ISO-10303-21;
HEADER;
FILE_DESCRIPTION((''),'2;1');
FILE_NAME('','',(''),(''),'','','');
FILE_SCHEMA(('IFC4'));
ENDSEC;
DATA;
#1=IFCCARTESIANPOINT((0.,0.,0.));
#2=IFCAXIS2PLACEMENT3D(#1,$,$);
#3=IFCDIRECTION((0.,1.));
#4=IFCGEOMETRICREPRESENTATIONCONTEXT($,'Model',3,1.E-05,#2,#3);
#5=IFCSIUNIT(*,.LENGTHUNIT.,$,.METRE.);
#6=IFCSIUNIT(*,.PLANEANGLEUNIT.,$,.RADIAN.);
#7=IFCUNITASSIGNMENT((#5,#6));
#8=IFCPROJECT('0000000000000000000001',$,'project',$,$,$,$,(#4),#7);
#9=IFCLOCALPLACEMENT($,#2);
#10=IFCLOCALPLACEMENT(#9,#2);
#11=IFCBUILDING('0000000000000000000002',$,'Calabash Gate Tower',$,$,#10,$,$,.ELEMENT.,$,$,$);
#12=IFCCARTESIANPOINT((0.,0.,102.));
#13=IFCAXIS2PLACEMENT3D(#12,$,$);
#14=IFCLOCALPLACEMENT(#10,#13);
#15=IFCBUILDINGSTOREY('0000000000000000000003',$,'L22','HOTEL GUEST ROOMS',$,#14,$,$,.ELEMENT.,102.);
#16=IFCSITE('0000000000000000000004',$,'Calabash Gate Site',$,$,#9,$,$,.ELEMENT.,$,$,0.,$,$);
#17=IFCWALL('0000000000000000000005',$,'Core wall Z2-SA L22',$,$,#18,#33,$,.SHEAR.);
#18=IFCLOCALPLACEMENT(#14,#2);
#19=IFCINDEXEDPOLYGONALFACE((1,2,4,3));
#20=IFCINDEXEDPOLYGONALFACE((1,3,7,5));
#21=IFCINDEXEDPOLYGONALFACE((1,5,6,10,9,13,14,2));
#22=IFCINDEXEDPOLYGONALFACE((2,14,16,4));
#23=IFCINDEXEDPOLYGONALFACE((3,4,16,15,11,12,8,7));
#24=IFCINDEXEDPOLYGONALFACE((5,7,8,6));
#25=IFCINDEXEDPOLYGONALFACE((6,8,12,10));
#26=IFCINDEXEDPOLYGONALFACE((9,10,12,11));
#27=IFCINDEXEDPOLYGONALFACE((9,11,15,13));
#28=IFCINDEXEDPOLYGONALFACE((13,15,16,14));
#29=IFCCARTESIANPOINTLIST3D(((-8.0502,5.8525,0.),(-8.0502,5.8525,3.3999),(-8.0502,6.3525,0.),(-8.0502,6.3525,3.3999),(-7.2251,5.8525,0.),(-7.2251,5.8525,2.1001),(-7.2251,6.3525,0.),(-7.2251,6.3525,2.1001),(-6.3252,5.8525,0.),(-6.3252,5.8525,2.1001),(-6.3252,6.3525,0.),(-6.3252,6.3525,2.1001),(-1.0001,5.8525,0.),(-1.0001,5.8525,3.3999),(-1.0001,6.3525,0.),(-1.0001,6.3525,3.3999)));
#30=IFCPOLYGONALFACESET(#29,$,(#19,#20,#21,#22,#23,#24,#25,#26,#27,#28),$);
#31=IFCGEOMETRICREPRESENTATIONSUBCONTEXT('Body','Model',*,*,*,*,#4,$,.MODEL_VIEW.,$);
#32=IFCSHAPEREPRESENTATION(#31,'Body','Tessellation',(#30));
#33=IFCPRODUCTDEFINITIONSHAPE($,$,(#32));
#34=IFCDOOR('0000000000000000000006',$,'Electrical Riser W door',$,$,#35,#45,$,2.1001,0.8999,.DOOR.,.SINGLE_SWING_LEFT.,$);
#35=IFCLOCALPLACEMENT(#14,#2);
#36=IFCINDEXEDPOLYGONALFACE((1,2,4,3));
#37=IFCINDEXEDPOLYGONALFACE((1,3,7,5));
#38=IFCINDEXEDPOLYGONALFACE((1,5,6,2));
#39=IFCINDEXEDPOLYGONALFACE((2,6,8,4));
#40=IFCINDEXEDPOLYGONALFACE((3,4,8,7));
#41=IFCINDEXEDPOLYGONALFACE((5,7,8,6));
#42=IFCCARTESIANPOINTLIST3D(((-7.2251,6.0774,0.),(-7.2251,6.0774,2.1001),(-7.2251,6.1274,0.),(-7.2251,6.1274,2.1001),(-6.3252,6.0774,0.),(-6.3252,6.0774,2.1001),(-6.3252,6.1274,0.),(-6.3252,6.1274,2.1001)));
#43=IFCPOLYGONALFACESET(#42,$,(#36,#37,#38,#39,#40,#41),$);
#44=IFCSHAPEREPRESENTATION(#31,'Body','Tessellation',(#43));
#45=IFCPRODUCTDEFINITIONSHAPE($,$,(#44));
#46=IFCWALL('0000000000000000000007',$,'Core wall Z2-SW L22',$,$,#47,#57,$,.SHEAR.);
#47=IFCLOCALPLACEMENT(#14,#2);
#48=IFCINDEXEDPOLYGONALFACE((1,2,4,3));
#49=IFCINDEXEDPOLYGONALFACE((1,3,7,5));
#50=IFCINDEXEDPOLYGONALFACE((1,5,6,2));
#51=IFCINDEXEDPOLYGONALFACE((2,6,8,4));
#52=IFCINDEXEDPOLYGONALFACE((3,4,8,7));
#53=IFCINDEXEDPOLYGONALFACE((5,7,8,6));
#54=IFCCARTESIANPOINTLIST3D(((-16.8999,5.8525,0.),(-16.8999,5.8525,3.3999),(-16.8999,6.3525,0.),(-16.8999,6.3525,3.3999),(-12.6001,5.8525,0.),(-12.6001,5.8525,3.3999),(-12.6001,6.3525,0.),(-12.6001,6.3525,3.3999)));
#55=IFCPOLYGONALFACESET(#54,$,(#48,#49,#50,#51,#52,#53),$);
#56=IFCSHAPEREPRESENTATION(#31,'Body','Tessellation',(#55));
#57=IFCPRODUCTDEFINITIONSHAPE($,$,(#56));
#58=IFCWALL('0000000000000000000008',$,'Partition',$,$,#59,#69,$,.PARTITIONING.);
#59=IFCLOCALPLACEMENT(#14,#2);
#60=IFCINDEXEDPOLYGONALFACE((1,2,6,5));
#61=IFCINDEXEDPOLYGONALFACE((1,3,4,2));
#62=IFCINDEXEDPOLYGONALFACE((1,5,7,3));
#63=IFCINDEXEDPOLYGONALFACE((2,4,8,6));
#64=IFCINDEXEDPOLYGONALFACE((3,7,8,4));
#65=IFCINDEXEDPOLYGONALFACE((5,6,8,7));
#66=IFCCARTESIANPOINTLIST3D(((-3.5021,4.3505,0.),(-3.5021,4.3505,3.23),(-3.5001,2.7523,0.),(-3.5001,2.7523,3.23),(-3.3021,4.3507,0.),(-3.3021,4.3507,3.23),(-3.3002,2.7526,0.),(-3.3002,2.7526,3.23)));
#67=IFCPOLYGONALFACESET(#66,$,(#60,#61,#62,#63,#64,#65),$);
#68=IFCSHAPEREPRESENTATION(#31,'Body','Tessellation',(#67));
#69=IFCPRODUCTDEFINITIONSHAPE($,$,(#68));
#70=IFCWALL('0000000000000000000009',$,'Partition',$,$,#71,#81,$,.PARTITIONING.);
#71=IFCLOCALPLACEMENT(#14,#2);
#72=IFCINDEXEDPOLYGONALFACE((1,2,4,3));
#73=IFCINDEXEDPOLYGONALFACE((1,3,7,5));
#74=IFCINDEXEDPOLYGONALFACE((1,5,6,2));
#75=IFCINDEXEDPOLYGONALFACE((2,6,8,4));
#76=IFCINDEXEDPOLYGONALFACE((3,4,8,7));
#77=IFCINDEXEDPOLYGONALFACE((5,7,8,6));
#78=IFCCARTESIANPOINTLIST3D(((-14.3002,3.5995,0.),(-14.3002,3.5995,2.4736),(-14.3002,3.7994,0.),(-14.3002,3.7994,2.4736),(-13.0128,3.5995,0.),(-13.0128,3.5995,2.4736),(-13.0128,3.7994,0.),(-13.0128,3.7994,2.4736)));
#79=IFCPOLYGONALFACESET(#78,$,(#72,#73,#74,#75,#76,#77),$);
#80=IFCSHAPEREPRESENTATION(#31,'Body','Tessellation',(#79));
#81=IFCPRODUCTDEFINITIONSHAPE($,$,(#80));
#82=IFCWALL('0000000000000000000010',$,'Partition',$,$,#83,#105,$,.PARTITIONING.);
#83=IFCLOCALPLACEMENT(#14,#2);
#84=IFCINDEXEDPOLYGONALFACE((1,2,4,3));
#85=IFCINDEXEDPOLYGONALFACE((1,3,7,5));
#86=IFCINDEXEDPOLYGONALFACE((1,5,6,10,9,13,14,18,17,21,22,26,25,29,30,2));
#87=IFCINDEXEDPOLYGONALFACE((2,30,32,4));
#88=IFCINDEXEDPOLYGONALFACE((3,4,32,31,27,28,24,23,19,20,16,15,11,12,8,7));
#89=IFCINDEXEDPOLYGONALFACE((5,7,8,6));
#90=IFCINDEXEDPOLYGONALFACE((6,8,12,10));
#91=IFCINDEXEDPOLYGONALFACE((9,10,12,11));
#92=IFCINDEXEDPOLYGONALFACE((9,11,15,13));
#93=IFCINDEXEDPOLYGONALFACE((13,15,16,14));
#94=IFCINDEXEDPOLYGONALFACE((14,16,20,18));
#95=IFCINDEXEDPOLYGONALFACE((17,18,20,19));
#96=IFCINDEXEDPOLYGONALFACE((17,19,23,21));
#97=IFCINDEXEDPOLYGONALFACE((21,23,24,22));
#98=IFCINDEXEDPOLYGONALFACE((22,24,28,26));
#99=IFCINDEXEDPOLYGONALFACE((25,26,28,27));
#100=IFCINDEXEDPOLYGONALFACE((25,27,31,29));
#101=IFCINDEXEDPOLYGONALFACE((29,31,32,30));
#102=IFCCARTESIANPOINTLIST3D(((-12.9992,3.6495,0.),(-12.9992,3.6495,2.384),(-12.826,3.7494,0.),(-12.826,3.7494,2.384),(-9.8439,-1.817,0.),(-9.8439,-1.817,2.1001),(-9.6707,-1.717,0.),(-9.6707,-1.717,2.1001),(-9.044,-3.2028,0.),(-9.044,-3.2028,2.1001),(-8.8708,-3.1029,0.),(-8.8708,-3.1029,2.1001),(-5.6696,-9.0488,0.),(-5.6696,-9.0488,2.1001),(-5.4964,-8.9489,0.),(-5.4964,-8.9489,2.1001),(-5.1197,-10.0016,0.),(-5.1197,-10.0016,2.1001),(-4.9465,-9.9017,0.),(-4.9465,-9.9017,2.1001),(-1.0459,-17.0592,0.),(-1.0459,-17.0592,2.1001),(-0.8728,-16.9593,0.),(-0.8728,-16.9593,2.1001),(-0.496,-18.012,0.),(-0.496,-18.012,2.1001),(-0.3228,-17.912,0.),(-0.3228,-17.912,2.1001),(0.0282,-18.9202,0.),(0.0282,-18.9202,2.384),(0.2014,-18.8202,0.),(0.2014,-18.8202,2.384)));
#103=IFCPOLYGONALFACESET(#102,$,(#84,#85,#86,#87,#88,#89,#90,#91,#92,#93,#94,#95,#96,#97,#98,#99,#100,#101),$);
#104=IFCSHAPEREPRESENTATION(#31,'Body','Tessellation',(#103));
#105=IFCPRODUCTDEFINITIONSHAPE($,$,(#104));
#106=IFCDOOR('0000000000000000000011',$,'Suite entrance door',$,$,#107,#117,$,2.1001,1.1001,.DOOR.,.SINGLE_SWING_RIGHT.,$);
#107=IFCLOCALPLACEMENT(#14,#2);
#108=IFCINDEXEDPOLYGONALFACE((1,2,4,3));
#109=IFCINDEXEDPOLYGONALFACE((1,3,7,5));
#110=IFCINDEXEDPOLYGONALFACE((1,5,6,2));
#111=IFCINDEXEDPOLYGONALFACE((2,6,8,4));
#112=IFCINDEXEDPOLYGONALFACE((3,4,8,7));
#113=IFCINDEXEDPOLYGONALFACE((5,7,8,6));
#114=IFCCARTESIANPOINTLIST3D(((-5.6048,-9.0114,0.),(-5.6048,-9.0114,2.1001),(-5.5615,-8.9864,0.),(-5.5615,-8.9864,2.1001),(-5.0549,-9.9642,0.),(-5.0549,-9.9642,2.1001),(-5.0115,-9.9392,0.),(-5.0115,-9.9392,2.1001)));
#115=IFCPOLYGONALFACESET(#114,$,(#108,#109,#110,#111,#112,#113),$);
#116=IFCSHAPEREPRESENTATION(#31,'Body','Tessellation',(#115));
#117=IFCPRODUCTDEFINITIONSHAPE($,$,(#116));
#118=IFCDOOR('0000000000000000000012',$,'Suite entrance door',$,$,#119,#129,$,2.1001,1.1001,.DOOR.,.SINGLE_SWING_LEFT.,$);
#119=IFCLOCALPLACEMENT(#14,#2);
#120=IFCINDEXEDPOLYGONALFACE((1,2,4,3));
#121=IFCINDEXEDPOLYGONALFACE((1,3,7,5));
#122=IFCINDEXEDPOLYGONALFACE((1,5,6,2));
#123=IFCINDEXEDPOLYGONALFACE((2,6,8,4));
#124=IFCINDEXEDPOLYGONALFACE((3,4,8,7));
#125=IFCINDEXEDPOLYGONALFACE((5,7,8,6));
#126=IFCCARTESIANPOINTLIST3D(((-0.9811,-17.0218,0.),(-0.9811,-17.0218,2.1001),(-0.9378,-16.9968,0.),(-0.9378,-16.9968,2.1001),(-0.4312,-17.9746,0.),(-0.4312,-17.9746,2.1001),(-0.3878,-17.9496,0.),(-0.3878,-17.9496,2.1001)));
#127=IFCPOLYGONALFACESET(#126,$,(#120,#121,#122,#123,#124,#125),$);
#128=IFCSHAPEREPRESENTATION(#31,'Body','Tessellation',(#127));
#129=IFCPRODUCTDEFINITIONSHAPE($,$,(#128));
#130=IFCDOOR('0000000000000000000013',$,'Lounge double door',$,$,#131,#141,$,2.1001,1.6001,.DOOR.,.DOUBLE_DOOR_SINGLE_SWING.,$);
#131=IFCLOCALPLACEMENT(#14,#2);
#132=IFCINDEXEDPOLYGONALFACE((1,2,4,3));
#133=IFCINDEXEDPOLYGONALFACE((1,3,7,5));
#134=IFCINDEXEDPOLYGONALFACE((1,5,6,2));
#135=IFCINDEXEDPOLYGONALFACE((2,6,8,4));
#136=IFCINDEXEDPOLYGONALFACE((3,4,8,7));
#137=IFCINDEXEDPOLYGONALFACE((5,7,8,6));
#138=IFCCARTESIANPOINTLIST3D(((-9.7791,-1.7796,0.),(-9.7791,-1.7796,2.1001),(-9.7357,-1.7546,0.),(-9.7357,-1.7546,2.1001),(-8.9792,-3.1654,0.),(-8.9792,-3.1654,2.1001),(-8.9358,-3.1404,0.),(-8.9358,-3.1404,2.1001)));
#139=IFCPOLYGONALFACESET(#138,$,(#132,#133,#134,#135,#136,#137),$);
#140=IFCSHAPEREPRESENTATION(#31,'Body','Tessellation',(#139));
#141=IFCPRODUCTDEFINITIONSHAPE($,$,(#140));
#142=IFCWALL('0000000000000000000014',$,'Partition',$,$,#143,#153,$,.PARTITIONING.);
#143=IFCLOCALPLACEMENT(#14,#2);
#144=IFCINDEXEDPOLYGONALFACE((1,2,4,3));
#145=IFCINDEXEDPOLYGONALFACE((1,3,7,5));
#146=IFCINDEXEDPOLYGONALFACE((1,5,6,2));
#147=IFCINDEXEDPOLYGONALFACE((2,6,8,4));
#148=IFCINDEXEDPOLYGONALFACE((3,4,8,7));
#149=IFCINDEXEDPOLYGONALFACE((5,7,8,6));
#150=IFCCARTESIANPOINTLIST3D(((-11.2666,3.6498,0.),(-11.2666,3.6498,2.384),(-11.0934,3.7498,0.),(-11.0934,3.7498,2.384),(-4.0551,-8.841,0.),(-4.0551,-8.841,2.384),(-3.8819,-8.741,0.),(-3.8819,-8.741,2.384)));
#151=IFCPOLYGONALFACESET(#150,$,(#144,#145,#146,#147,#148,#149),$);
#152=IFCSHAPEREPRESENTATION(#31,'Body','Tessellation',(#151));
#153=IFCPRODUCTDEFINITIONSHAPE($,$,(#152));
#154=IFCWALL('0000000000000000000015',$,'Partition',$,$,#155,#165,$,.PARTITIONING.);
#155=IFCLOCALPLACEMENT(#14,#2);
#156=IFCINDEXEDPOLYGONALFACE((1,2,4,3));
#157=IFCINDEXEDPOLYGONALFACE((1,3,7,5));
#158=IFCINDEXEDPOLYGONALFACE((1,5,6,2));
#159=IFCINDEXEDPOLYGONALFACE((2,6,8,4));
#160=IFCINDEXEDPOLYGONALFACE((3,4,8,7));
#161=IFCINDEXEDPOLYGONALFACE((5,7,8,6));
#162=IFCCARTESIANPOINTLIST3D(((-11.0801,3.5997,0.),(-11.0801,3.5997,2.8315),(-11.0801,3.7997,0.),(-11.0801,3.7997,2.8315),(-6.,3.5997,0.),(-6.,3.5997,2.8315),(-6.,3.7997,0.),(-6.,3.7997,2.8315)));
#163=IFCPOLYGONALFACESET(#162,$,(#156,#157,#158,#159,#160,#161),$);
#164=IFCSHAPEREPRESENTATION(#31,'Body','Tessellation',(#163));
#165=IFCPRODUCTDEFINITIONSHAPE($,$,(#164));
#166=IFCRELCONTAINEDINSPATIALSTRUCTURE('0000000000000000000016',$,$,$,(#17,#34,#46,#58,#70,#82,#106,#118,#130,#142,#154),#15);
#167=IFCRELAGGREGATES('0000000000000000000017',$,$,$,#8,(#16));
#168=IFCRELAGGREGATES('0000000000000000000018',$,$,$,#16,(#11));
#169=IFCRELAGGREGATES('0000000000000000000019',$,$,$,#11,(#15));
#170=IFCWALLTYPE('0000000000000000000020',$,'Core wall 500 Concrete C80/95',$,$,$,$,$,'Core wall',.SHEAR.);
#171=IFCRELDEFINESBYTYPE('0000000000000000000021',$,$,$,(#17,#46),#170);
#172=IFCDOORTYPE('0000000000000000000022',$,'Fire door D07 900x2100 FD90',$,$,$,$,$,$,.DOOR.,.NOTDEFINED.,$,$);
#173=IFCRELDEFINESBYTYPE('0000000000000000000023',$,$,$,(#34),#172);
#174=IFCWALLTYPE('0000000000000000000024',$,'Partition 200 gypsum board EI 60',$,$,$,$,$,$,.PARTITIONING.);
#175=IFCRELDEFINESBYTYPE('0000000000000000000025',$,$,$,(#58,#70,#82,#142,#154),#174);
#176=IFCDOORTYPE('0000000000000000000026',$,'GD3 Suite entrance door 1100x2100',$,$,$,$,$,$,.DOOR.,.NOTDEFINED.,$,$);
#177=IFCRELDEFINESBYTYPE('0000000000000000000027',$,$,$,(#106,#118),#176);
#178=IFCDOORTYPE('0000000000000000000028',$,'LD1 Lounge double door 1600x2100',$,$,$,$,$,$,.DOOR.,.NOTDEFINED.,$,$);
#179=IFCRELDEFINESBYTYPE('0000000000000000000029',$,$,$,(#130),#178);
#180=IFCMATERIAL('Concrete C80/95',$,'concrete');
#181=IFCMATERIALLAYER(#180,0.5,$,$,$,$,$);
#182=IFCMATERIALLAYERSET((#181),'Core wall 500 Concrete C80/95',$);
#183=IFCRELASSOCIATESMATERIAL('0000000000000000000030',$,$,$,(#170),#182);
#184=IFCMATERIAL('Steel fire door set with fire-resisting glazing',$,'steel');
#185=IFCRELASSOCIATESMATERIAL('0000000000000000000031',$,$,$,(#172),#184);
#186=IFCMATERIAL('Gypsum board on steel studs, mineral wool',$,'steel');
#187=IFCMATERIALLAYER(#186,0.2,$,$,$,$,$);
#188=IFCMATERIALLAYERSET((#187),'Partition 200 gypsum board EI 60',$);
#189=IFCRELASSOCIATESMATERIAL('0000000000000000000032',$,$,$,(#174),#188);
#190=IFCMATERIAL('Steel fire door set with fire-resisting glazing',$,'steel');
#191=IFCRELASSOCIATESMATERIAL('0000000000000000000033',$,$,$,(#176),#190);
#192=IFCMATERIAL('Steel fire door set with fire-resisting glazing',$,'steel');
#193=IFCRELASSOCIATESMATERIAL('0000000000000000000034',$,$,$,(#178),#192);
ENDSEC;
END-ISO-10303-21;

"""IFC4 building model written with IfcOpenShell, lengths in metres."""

from ifc_helpers import new_model, si_unit, direction, frame, frame_2d, origin, place, context, subcontext, project, spatial, rectangle, extrude, material, layer, layer_set, type_object, element, fill, save


model = new_model("IFC4")

# Units and contexts
model_context = context("Model", 3, precision=1e-05, world=origin(), true_north=direction((0.0, 1.0)))
body_context = subcontext(model_context, "Body", "Model", "MODEL_VIEW")
ifc_project = project(units=[si_unit("LENGTHUNIT", "METRE"), si_unit("PLANEANGLEUNIT", "RADIAN")], contexts=[model_context])

# Site, building, storey
site_placement = place(None, origin())
site = spatial("IfcSite", under=ifc_project, at=site_placement, Name="Calabash Gate Site", CompositionType="ELEMENT", RefElevation=0.0)
building_placement = place(site_placement, origin())
building = spatial("IfcBuilding", under=site, at=building_placement, Name="Calabash Gate Tower", CompositionType="ELEMENT")
storey_placement = place(building_placement, frame((0.0, 0.0, 102.0)))
storey = spatial("IfcBuildingStorey", under=building, at=storey_placement, Name="L22", Description="HOTEL GUEST ROOMS", CompositionType="ELEMENT", Elevation=102.0)

# Shared definitions
ifc_material_1 = material(Name="Concrete C80/95", Category="concrete")
ifc_layer_1 = layer(ifc_material_1, 0.5)
ifc_layer_set_1 = layer_set([ifc_layer_1], Name="Core wall 500 Concrete C80/95")
wall_type_1 = type_object("IfcWallType", Name="Core wall 500 Concrete C80/95", ElementType="Core wall", PredefinedType="SHEAR", material=ifc_layer_set_1)

# Wall, opening, door
wall_1_placement = place(storey_placement, frame((-8.05, 6.1025, 0.0), z_axis=(0.0, 0.0, 1.0), x_axis=(1.0, 0.0, 0.0)))
wall_1 = element("IfcWall", 1, at=wall_1_placement, inside=storey, type_object=wall_type_1, Name="Core wall Z2-SA L22", PredefinedType="SHEAR", context=body_context, shape_type="SweptSolid", body=[
    extrude(rectangle(XDim=7.05, YDim=0.5, at=frame_2d((3.5249, 0.0))), origin(), (0.0, 0.0, 1.0), 3.3999),
])
opening_1_placement = place(wall_1_placement, frame((0.825, 0.0, 0.0)))
opening_1 = element("IfcOpeningElement", 2, at=opening_1_placement, cuts=wall_1, PredefinedType="OPENING", context=body_context, shape_type="SweptSolid", body=[
    extrude(rectangle(XDim=0.8999, YDim=2.1001, at=frame_2d((0.45, 1.05))), frame((0.0, 0.26, 0.0), z_axis=(0.0, -1.0, 0.0), x_axis=(1.0, 0.0, 0.0)), (0.0, 0.0, 1.0), 0.52),
])
ifc_material_2 = material(Name="Steel fire door set with fire-resisting glazing", Category="steel")
door_type_1 = type_object("IfcDoorType", Name="Fire door D07 900x2100 FD90", OperationType="NOTDEFINED", PredefinedType="DOOR", material=ifc_material_2)
door_1_placement = place(opening_1_placement, origin())
door_1 = element("IfcDoor", 3, at=door_1_placement, inside=storey, type_object=door_type_1, Name="Electrical Riser W door", OperationType="SINGLE_SWING_LEFT", OverallHeight=2.1001, OverallWidth=0.8999, PredefinedType="DOOR", context=body_context, shape_type="SweptSolid", body=[
    extrude(rectangle(XDim=0.8999, YDim=2.1001, at=frame_2d((0.45, 1.05))), frame((0.0, 0.0249, 0.0), z_axis=(0.0, -1.0, 0.0), x_axis=(1.0, 0.0, 0.0)), (0.0, 0.0, 1.0), 0.05),
])
fill(opening_1, door_1)

# Walls
wall_2_placement = place(storey_placement, frame((-12.6001, 6.1025, 0.0), z_axis=(0.0, 0.0, 1.0), x_axis=(-1.0, 0.0, 0.0)))
element("IfcWall", 4, at=wall_2_placement, inside=storey, type_object=wall_type_1, Name="Core wall Z2-SW L22", PredefinedType="SHEAR", context=body_context, shape_type="SweptSolid", body=[
    extrude(rectangle(XDim=4.2998, YDim=0.5, at=frame_2d((2.1499, 0.0))), origin(), (0.0, 0.0, 1.0), 3.3999),
])
ifc_material_3 = material(Name="Gypsum board on steel studs, mineral wool", Category="steel")
ifc_layer_2 = layer(ifc_material_3, 0.2)
ifc_layer_set_2 = layer_set([ifc_layer_2], Name="Partition 200 gypsum board EI 60")
wall_type_2 = type_object("IfcWallType", Name="Partition 200 gypsum board EI 60", PredefinedType="PARTITIONING", material=ifc_layer_set_2)
wall_3_placement = place(storey_placement, frame((-3.4021, 4.3506, 0.0), z_axis=(0.0, 0.0, 1.0), x_axis=(0.001222, -0.999999, 0.0)))
element("IfcWall", 5, at=wall_3_placement, inside=storey, type_object=wall_type_2, Name="Partition", PredefinedType="PARTITIONING", context=body_context, shape_type="SweptSolid", body=[
    extrude(rectangle(XDim=1.5981, YDim=0.2, at=frame_2d((0.7991, 0.0))), origin(), (0.0, 0.0, 1.0), 3.23),
])
wall_4_placement = place(storey_placement, frame((-14.3, 3.6995, 0.0), z_axis=(0.0, 0.0, 1.0), x_axis=(1.0, 0.0, 0.0)))
element("IfcWall", 6, at=wall_4_placement, inside=storey, type_object=wall_type_2, Name="Partition", PredefinedType="PARTITIONING", context=body_context, shape_type="SweptSolid", body=[
    extrude(rectangle(XDim=1.2874, YDim=0.2, at=frame_2d((0.6436, 0.0))), origin(), (0.0, 0.0, 1.0), 2.4736),
])

# Wall, openings, doors
wall_5_placement = place(storey_placement, frame((-12.9126, 3.6995, 0.0), z_axis=(0.0, 0.0, 1.0), x_axis=(0.499908, -0.866079, 0.0)))
wall_5 = element("IfcWall", 7, at=wall_5_placement, inside=storey, type_object=wall_type_2, Name="Partition", PredefinedType="PARTITIONING", context=body_context, shape_type="SweptSolid", body=[
    extrude(rectangle(XDim=26.0596, YDim=0.2, at=frame_2d((13.0298, 0.0))), origin(), (0.0, 0.0, 1.0), 2.384),
])
opening_2_placement = place(wall_5_placement, frame((6.3118, 0.0, 0.0)))
opening_2 = element("IfcOpeningElement", 8, at=opening_2_placement, cuts=wall_5, PredefinedType="OPENING", context=body_context, shape_type="SweptSolid", body=[
    extrude(rectangle(XDim=1.6001, YDim=2.1001, at=frame_2d((0.8, 1.05))), frame((0.0, 0.1099, 0.0), z_axis=(0.0, -1.0, 0.0), x_axis=(1.0, 0.0, 0.0)), (0.0, 0.0, 1.0), 0.22),
])
opening_3_placement = place(wall_5_placement, frame((14.6619, 0.0, 0.0)))
opening_3 = element("IfcOpeningElement", 9, at=opening_3_placement, cuts=wall_5, PredefinedType="OPENING", context=body_context, shape_type="SweptSolid", body=[
    extrude(rectangle(XDim=1.1001, YDim=2.1001, at=frame_2d((0.55, 1.05))), frame((0.0, 0.1099, 0.0), z_axis=(0.0, -1.0, 0.0), x_axis=(1.0, 0.0, 0.0)), (0.0, 0.0, 1.0), 0.22),
])
opening_4_placement = place(wall_5_placement, frame((23.9109, 0.0, 0.0)))
opening_4 = element("IfcOpeningElement", 10, at=opening_4_placement, cuts=wall_5, PredefinedType="OPENING", context=body_context, shape_type="SweptSolid", body=[
    extrude(rectangle(XDim=1.1001, YDim=2.1001, at=frame_2d((0.55, 1.05))), frame((0.0, 0.1099, 0.0), z_axis=(0.0, -1.0, 0.0), x_axis=(1.0, 0.0, 0.0)), (0.0, 0.0, 1.0), 0.22),
])
ifc_material_4 = material(Name="Steel fire door set with fire-resisting glazing", Category="steel")
door_type_2 = type_object("IfcDoorType", Name="GD3 Suite entrance door 1100x2100", OperationType="NOTDEFINED", PredefinedType="DOOR", material=ifc_material_4)
door_2_placement = place(opening_3_placement, origin())
door_2 = element("IfcDoor", 11, at=door_2_placement, inside=storey, type_object=door_type_2, Name="Suite entrance door", OperationType="SINGLE_SWING_RIGHT", OverallHeight=2.1001, OverallWidth=1.1001, PredefinedType="DOOR", context=body_context, shape_type="SweptSolid", body=[
    extrude(rectangle(XDim=1.1001, YDim=2.1001, at=frame_2d((0.55, 1.05))), frame((0.0, 0.0249, 0.0), z_axis=(0.0, -1.0, 0.0), x_axis=(1.0, 0.0, 0.0)), (0.0, 0.0, 1.0), 0.05),
])
fill(opening_3, door_2)
door_3_placement = place(opening_4_placement, origin())
door_3 = element("IfcDoor", 12, at=door_3_placement, inside=storey, type_object=door_type_2, Name="Suite entrance door", OperationType="SINGLE_SWING_LEFT", OverallHeight=2.1001, OverallWidth=1.1001, PredefinedType="DOOR", context=body_context, shape_type="SweptSolid", body=[
    extrude(rectangle(XDim=1.1001, YDim=2.1001, at=frame_2d((0.55, 1.05))), frame((0.0, 0.0249, 0.0), z_axis=(0.0, -1.0, 0.0), x_axis=(1.0, 0.0, 0.0)), (0.0, 0.0, 1.0), 0.05),
])
fill(opening_4, door_3)
ifc_material_5 = material(Name="Steel fire door set with fire-resisting glazing", Category="steel")
door_type_3 = type_object("IfcDoorType", Name="LD1 Lounge double door 1600x2100", OperationType="NOTDEFINED", PredefinedType="DOOR", material=ifc_material_5)
door_4_placement = place(opening_2_placement, origin())
door_4 = element("IfcDoor", 13, at=door_4_placement, inside=storey, type_object=door_type_3, Name="Lounge double door", OperationType="DOUBLE_DOOR_SINGLE_SWING", OverallHeight=2.1001, OverallWidth=1.6001, PredefinedType="DOOR", context=body_context, shape_type="SweptSolid", body=[
    extrude(rectangle(XDim=1.6001, YDim=2.1001, at=frame_2d((0.8, 1.05))), frame((0.0, 0.0249, 0.0), z_axis=(0.0, -1.0, 0.0), x_axis=(1.0, 0.0, 0.0)), (0.0, 0.0, 1.0), 0.05),
])
fill(opening_2, door_4)

# Walls
wall_6_placement = place(storey_placement, frame((-11.1799, 3.6997, 0.0), z_axis=(0.0, 0.0, 1.0), x_axis=(0.499995, -0.866028, 0.0)))
element("IfcWall", 14, at=wall_6_placement, inside=storey, type_object=wall_type_2, Name="Partition", PredefinedType="PARTITIONING", context=body_context, shape_type="SweptSolid", body=[
    extrude(rectangle(XDim=14.4231, YDim=0.2, at=frame_2d((7.2114, 0.0))), origin(), (0.0, 0.0, 1.0), 2.384),
])
wall_7_placement = place(storey_placement, frame((-11.0801, 3.6997, 0.0), z_axis=(0.0, 0.0, 1.0), x_axis=(1.0, 0.0, 0.0)))
element("IfcWall", 15, at=wall_7_placement, inside=storey, type_object=wall_type_2, Name="Partition", PredefinedType="PARTITIONING", context=body_context, shape_type="SweptSolid", body=[
    extrude(rectangle(XDim=5.0801, YDim=0.2, at=frame_2d((2.54, 0.0))), origin(), (0.0, 0.0, 1.0), 2.8315),
])

save(model, "model.ifc")
